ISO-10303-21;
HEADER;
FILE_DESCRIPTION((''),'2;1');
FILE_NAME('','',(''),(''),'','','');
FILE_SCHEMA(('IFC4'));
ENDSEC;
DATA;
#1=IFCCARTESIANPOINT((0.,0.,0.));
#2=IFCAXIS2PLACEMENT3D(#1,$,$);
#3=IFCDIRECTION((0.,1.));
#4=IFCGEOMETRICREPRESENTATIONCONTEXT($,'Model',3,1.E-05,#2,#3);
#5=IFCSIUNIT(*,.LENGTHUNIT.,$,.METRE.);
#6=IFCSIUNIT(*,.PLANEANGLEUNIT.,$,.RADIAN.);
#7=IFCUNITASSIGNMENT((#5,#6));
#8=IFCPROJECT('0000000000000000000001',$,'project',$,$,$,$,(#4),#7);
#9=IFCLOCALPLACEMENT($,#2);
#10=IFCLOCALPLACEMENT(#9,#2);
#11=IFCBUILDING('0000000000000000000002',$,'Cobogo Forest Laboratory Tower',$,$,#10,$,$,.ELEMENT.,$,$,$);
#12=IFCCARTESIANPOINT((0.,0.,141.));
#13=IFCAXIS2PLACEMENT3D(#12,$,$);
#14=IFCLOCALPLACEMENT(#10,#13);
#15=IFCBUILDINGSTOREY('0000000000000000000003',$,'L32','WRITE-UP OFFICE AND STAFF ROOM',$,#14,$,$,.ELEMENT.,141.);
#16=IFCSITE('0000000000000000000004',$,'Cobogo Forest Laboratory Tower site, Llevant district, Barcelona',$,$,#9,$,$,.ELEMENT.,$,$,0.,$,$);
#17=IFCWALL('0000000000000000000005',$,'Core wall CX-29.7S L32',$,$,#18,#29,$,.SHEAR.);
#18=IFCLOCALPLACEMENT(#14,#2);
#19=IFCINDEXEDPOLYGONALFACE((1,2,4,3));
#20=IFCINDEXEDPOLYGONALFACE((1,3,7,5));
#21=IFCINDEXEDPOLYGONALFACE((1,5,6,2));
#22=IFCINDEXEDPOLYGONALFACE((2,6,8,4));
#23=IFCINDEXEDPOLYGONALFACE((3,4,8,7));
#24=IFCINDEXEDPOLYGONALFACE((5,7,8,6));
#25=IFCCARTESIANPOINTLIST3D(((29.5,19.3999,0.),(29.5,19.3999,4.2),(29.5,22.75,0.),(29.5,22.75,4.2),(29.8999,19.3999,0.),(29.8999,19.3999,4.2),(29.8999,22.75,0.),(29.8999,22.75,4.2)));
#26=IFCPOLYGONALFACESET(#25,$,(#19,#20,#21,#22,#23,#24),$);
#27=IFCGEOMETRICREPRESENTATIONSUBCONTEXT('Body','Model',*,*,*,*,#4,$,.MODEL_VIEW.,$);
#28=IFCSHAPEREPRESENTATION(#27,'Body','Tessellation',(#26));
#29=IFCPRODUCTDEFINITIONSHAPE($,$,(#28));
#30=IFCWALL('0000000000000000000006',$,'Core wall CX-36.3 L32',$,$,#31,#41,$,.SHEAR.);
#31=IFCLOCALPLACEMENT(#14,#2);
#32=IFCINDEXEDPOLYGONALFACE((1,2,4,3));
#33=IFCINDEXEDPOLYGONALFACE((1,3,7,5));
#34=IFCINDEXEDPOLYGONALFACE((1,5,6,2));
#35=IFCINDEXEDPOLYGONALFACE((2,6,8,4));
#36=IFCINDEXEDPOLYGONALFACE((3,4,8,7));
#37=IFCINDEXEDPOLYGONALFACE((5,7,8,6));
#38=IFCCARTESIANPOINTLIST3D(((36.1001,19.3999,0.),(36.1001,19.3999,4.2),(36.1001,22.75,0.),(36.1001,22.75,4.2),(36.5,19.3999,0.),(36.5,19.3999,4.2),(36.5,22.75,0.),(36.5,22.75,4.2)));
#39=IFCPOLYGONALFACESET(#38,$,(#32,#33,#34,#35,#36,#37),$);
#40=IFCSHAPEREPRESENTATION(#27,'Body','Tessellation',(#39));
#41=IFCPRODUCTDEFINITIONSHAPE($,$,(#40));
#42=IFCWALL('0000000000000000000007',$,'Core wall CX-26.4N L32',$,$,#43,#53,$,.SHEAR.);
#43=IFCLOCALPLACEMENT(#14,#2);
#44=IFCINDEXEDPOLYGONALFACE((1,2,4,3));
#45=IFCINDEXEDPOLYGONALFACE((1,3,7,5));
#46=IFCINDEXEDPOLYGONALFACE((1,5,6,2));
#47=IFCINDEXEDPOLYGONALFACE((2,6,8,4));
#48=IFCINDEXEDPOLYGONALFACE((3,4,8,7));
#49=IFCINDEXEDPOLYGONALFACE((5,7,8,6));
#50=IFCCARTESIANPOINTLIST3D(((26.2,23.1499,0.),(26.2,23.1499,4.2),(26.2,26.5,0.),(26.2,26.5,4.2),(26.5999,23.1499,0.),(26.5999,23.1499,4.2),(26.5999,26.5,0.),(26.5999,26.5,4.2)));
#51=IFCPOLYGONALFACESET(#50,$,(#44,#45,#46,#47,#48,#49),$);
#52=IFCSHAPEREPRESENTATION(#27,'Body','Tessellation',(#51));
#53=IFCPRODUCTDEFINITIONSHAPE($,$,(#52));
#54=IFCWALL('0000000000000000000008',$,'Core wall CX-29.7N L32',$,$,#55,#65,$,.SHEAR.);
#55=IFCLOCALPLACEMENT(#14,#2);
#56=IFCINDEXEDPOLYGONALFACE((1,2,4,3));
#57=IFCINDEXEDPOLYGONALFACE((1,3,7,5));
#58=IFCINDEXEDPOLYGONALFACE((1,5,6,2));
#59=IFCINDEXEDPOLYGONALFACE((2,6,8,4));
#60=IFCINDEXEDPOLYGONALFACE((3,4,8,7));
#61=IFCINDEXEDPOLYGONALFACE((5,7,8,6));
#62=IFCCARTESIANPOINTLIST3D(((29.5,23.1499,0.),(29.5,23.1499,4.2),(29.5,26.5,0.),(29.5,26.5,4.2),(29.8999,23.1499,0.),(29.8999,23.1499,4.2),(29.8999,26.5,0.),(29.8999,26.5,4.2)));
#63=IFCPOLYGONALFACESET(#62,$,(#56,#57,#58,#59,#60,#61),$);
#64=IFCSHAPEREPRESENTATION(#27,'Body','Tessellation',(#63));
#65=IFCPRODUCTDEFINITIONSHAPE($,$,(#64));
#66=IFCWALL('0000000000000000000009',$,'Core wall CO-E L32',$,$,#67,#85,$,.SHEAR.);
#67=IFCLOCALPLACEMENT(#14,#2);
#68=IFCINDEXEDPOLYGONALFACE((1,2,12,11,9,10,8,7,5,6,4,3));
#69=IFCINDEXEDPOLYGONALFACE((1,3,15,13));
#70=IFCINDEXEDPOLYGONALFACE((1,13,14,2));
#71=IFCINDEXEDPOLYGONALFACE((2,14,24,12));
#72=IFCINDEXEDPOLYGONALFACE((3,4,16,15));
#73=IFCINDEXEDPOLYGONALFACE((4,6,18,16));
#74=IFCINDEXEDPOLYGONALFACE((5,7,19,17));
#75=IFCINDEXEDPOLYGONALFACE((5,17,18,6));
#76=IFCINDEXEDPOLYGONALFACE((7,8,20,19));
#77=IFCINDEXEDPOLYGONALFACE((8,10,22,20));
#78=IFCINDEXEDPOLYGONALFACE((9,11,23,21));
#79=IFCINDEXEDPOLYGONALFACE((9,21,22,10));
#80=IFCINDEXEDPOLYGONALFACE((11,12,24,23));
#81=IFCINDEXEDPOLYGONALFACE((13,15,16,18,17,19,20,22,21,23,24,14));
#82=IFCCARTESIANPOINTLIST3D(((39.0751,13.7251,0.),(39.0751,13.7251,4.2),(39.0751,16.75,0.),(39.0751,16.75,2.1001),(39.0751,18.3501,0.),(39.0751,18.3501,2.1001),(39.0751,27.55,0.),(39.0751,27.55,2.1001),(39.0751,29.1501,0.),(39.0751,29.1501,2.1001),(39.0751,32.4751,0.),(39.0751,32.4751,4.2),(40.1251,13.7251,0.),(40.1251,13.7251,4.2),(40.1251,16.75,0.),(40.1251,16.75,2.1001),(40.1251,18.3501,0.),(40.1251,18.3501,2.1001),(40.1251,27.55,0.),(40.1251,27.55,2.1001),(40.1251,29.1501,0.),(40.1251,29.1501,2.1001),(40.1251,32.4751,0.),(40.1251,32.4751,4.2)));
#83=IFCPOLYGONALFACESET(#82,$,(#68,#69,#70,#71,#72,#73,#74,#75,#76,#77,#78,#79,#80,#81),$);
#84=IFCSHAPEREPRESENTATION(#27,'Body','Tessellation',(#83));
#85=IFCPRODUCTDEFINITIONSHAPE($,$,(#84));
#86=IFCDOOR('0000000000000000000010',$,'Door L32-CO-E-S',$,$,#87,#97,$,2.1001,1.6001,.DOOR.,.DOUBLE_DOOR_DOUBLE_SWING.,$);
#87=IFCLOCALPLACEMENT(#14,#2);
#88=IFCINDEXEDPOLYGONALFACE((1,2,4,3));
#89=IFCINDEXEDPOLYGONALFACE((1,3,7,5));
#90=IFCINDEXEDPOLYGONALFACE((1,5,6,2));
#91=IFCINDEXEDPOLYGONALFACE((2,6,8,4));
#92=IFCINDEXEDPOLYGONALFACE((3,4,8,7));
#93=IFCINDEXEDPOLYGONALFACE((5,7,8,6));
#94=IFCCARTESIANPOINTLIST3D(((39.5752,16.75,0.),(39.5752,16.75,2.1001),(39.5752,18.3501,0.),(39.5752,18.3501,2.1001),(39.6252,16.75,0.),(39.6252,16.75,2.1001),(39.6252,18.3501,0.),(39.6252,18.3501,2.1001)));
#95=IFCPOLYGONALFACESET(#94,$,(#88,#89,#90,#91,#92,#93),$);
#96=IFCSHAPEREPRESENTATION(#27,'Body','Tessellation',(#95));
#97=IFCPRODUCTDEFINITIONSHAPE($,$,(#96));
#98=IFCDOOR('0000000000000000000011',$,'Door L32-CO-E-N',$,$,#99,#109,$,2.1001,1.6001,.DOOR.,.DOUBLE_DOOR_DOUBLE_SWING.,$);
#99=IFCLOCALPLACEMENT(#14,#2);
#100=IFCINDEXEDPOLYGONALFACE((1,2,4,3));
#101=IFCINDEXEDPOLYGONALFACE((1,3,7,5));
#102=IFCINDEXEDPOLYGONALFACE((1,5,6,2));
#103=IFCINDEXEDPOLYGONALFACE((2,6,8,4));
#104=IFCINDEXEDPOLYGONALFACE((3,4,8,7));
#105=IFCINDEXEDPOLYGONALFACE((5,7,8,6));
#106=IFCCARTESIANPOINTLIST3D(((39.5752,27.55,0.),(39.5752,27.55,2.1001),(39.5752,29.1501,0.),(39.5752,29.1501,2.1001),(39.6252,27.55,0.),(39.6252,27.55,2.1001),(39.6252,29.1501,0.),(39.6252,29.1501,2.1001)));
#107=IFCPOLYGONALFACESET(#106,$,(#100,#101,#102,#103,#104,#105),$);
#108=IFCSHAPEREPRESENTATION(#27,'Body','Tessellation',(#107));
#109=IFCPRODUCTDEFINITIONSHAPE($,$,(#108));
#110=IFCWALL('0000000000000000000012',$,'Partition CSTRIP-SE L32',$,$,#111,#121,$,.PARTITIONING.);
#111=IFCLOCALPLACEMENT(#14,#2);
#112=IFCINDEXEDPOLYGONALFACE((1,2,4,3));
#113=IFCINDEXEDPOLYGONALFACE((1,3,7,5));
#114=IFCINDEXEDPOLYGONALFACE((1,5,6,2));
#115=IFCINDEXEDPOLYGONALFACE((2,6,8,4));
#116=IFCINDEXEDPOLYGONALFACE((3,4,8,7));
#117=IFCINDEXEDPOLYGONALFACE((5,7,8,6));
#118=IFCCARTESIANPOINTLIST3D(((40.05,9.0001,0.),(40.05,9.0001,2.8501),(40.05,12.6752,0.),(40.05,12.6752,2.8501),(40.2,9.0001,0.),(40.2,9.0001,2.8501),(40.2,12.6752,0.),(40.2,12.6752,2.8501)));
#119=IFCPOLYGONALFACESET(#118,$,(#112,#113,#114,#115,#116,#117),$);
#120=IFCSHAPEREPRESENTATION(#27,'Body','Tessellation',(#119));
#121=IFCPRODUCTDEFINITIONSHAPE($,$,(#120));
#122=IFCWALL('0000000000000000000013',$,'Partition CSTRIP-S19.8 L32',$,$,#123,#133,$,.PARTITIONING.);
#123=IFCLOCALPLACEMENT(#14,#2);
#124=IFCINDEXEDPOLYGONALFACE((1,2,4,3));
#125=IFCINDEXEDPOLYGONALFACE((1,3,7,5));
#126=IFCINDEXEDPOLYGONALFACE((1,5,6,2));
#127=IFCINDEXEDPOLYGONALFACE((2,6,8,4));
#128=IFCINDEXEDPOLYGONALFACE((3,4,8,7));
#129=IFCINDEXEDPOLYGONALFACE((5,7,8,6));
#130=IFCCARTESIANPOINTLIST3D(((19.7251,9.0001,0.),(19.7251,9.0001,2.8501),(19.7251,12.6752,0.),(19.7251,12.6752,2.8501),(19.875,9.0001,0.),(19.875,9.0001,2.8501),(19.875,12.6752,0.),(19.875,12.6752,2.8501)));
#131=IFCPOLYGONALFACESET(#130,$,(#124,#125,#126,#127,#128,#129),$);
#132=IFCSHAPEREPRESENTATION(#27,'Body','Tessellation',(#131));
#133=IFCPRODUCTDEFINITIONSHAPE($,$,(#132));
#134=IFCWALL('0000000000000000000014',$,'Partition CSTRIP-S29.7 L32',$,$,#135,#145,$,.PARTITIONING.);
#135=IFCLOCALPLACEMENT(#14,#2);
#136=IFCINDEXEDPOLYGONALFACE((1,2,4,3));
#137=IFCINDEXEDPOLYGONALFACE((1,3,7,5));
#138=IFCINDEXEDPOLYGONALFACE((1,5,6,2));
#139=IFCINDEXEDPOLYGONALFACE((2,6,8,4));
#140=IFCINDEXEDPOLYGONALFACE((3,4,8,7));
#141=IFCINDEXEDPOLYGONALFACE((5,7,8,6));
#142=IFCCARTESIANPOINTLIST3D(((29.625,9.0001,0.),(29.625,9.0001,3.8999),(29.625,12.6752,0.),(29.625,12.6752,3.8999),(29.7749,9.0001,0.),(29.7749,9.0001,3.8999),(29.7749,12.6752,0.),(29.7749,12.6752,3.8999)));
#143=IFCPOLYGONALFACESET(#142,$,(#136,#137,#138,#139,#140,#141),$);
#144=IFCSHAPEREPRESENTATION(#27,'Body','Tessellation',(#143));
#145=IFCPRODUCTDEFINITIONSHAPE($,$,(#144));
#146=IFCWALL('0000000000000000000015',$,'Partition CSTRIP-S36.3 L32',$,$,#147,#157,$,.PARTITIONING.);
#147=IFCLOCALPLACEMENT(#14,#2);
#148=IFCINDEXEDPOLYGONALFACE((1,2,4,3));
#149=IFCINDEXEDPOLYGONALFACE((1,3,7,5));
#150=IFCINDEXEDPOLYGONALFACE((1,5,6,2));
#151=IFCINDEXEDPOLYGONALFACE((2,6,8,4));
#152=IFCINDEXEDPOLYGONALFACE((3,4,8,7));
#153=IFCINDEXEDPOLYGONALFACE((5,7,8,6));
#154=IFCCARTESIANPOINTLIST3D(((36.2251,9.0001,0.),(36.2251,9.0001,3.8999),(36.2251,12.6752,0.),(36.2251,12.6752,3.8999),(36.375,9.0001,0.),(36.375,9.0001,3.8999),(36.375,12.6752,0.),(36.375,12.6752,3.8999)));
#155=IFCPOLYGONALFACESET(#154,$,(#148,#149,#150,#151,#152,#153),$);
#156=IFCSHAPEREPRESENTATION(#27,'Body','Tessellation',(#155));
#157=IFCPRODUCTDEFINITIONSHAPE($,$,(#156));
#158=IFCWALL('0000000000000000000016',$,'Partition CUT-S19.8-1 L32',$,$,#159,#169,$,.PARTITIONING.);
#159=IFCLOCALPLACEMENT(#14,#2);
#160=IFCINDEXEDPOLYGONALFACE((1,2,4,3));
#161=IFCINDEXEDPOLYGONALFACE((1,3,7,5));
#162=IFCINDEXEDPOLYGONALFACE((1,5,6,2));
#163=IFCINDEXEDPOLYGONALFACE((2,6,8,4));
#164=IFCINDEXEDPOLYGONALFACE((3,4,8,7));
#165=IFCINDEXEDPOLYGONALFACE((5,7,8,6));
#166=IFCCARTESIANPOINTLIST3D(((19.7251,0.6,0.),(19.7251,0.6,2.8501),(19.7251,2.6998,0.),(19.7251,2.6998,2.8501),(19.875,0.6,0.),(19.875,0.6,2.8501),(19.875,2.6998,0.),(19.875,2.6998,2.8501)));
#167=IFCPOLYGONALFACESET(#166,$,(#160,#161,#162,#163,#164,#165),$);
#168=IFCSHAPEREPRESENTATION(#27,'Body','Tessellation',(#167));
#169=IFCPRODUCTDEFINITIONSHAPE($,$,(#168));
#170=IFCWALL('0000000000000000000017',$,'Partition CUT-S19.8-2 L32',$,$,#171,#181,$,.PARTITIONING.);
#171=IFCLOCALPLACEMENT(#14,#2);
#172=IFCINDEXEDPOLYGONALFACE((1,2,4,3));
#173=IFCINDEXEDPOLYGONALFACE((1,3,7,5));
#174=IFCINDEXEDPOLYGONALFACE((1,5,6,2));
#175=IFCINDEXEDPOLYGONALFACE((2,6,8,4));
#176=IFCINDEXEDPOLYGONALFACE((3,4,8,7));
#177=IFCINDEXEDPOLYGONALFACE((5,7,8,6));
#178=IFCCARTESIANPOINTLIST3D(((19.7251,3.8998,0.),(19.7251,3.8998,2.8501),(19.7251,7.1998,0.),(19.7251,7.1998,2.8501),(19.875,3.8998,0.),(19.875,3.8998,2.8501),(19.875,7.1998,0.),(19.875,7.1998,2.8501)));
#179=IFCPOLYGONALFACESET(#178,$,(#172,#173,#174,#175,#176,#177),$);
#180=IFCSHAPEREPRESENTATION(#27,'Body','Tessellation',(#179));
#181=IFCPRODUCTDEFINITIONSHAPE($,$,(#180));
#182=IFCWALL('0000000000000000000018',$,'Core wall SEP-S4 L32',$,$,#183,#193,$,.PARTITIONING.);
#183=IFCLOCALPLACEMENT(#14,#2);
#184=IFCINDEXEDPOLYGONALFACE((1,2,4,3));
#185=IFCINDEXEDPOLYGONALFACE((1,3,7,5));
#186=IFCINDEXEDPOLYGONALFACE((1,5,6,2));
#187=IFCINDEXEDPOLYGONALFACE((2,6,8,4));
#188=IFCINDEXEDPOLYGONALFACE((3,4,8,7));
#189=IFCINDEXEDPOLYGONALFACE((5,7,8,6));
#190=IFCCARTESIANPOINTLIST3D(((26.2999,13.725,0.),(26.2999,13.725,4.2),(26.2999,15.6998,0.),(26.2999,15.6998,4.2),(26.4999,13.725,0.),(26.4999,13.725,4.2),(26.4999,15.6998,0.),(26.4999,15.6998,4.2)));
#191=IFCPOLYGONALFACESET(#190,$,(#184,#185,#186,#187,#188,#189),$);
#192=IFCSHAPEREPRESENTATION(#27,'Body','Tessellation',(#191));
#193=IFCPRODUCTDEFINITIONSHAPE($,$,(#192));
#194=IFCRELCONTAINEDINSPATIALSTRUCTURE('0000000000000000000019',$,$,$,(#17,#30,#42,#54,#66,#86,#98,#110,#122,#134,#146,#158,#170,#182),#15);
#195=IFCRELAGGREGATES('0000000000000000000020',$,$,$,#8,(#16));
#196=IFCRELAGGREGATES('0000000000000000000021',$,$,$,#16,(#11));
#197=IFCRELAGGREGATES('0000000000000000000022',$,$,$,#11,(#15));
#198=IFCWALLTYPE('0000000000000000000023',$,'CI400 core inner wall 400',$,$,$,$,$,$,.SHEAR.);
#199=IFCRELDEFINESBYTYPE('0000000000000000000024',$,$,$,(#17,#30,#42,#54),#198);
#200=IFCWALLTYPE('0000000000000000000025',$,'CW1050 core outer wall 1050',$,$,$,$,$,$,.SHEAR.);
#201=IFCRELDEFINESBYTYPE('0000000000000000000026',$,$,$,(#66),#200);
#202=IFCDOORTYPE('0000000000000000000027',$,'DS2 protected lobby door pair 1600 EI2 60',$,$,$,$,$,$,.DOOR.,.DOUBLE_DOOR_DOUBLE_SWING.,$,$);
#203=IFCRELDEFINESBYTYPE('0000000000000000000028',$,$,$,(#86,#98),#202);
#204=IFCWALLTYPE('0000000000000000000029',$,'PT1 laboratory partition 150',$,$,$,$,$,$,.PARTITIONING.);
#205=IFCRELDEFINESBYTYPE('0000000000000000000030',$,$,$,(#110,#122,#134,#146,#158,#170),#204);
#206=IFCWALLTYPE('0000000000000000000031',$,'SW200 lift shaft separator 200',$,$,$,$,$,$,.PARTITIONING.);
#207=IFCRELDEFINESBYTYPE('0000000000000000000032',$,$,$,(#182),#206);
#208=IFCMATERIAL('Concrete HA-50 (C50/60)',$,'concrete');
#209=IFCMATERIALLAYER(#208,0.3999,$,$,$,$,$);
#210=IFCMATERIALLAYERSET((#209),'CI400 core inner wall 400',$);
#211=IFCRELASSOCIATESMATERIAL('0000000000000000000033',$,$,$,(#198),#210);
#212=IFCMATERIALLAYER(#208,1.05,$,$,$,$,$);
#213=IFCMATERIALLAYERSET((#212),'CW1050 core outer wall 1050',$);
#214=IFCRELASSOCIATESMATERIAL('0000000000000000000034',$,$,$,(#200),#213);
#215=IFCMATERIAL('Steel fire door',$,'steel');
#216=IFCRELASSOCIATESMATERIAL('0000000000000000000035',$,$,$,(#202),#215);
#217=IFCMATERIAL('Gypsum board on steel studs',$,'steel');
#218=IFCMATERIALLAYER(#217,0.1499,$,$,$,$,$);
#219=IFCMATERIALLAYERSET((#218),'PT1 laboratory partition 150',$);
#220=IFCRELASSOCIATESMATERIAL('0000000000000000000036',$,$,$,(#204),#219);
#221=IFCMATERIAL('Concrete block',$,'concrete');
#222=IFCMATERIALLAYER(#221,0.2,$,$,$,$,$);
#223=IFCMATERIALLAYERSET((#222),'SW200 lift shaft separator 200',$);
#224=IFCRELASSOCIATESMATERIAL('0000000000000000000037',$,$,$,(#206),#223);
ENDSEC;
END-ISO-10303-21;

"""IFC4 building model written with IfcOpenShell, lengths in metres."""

from ifc_helpers import new_model, si_unit, direction, frame, frame_2d, origin, place, context, subcontext, project, spatial, rectangle, extrude, material, layer, layer_set, type_object, element, fill, save


model = new_model("IFC4")

# Units and contexts
model_context = context("Model", 3, precision=1e-05, world=origin(), true_north=direction((0.0, 1.0)))
body_context = subcontext(model_context, "Body", "Model", "MODEL_VIEW")
ifc_project = project(units=[si_unit("LENGTHUNIT", "METRE"), si_unit("PLANEANGLEUNIT", "RADIAN")], contexts=[model_context])

# Site, building, storey
site_placement = place(None, origin())
site = spatial("IfcSite", under=ifc_project, at=site_placement, Name="Cobogo Forest Laboratory Tower site, Llevant district, Barcelona", CompositionType="ELEMENT", RefElevation=0.0)
building_placement = place(site_placement, origin())
building = spatial("IfcBuilding", under=site, at=building_placement, Name="Cobogo Forest Laboratory Tower", CompositionType="ELEMENT")
storey_placement = place(building_placement, frame((0.0, 0.0, 141.0)))
storey = spatial("IfcBuildingStorey", under=building, at=storey_placement, Name="L32", Description="WRITE-UP OFFICE AND STAFF ROOM", CompositionType="ELEMENT", Elevation=141.0)

# Shared definitions
ifc_material_1 = material(Name="Concrete HA-50 (C50/60)", Category="concrete")

# Walls
ifc_layer_1 = layer(ifc_material_1, 0.3999)
ifc_layer_set_1 = layer_set([ifc_layer_1], Name="CI400 core inner wall 400")
wall_type_1 = type_object("IfcWallType", Name="CI400 core inner wall 400", PredefinedType="SHEAR", material=ifc_layer_set_1)
for number, where, z_axis, x_axis, name in (
    (1, (29.7, 19.3999, 0.0), (0.0, 0.0, 1.0), (0.0, 1.0, 0.0), "Core wall CX-29.7S L32"),
    (2, (36.3, 19.3999, 0.0), (0.0, 0.0, 1.0), (0.0, 1.0, 0.0), "Core wall CX-36.3 L32"),
    (3, (26.3999, 23.1499, 0.0), (0.0, 0.0, 1.0), (0.0, 1.0, 0.0), "Core wall CX-26.4N L32"),
    (4, (29.7, 23.1499, 0.0), (0.0, 0.0, 1.0), (0.0, 1.0, 0.0), "Core wall CX-29.7N L32"),
):
    element("IfcWall", number, at=place(storey_placement, frame(where, z_axis=z_axis, x_axis=x_axis)), inside=storey, type_object=wall_type_1, Name=name, PredefinedType="SHEAR", context=body_context, shape_type="SweptSolid", body=[
        extrude(rectangle(XDim=3.3501, YDim=0.3999, at=frame_2d((1.675, 0.0))), origin(), (0.0, 0.0, 1.0), 4.2),
    ])

# Wall, openings, doors
ifc_layer_2 = layer(ifc_material_1, 1.05)
ifc_layer_set_2 = layer_set([ifc_layer_2], Name="CW1050 core outer wall 1050")
wall_type_2 = type_object("IfcWallType", Name="CW1050 core outer wall 1050", PredefinedType="SHEAR", material=ifc_layer_set_2)
wall_1_placement = place(storey_placement, frame((39.6001, 13.7251, 0.0), z_axis=(0.0, 0.0, 1.0), x_axis=(0.0, 1.0, 0.0)))
wall_1 = element("IfcWall", 5, at=wall_1_placement, inside=storey, type_object=wall_type_2, Name="Core wall CO-E L32", PredefinedType="SHEAR", context=body_context, shape_type="SweptSolid", body=[
    extrude(rectangle(XDim=18.75, YDim=1.05, at=frame_2d((9.375, 0.0))), origin(), (0.0, 0.0, 1.0), 4.2),
])
opening_1_placement = place(wall_1_placement, frame((3.0249, 0.0, 0.0)))
opening_1 = element("IfcOpeningElement", 6, at=opening_1_placement, cuts=wall_1, PredefinedType="OPENING", context=body_context, shape_type="SweptSolid", body=[
    extrude(rectangle(XDim=1.6001, YDim=2.1001, at=frame_2d((0.8, 1.05))), frame((0.0, 0.5349, 0.0), z_axis=(0.0, -1.0, 0.0), x_axis=(1.0, 0.0, 0.0)), (0.0, 0.0, 1.0), 1.0701),
])
opening_2_placement = place(wall_1_placement, frame((13.825, 0.0, 0.0)))
opening_2 = element("IfcOpeningElement", 7, at=opening_2_placement, cuts=wall_1, PredefinedType="OPENING", context=body_context, shape_type="SweptSolid", body=[
    extrude(rectangle(XDim=1.6001, YDim=2.1001, at=frame_2d((0.8, 1.05))), frame((0.0, 0.5349, 0.0), z_axis=(0.0, -1.0, 0.0), x_axis=(1.0, 0.0, 0.0)), (0.0, 0.0, 1.0), 1.0701),
])
ifc_material_2 = material(Name="Steel fire door", Category="steel")
door_type = type_object("IfcDoorType", Name="DS2 protected lobby door pair 1600 EI2 60", OperationType="DOUBLE_DOOR_DOUBLE_SWING", PredefinedType="DOOR", material=ifc_material_2)
door_1_placement = place(opening_1_placement, origin())
door_1 = element("IfcDoor", 8, at=door_1_placement, inside=storey, type_object=door_type, Name="Door L32-CO-E-S", OperationType="DOUBLE_DOOR_DOUBLE_SWING", OverallHeight=2.1001, OverallWidth=1.6001, PredefinedType="DOOR", context=body_context, shape_type="SweptSolid", body=[
    extrude(rectangle(XDim=1.6001, YDim=2.1001, at=frame_2d((0.8, 1.05))), frame((0.0, 0.0249, 0.0), z_axis=(0.0, -1.0, 0.0), x_axis=(1.0, 0.0, 0.0)), (0.0, 0.0, 1.0), 0.05),
])
fill(opening_1, door_1)
door_2_placement = place(opening_2_placement, origin())
door_2 = element("IfcDoor", 9, at=door_2_placement, inside=storey, type_object=door_type, Name="Door L32-CO-E-N", OperationType="DOUBLE_DOOR_DOUBLE_SWING", OverallHeight=2.1001, OverallWidth=1.6001, PredefinedType="DOOR", context=body_context, shape_type="SweptSolid", body=[
    extrude(rectangle(XDim=1.6001, YDim=2.1001, at=frame_2d((0.8, 1.05))), frame((0.0, 0.0249, 0.0), z_axis=(0.0, -1.0, 0.0), x_axis=(1.0, 0.0, 0.0)), (0.0, 0.0, 1.0), 0.05),
])
fill(opening_2, door_2)

# Walls
ifc_material_3 = material(Name="Gypsum board on steel studs", Category="steel")
ifc_layer_3 = layer(ifc_material_3, 0.1499)
ifc_layer_set_3 = layer_set([ifc_layer_3], Name="PT1 laboratory partition 150")
wall_type_3 = type_object("IfcWallType", Name="PT1 laboratory partition 150", PredefinedType="PARTITIONING", material=ifc_layer_set_3)
for number, where, z_axis, x_axis, name in (
    (10, (40.125, 12.675, 0.0), (0.0, 0.0, 1.0), (0.0, -1.0, 0.0), "Partition CSTRIP-SE L32"),
    (11, (19.8, 12.675, 0.0), (0.0, 0.0, 1.0), (0.0, -1.0, 0.0), "Partition CSTRIP-S19.8 L32"),
):
    element("IfcWall", number, at=place(storey_placement, frame(where, z_axis=z_axis, x_axis=x_axis)), inside=storey, type_object=wall_type_3, Name=name, PredefinedType="PARTITIONING", context=body_context, shape_type="SweptSolid", body=[
        extrude(rectangle(XDim=3.675, YDim=0.1499, at=frame_2d((1.8374, 0.0))), origin(), (0.0, 0.0, 1.0), 2.8501),
    ])
for number, where, z_axis, x_axis, name in (
    (12, (29.7, 12.675, 0.0), (0.0, 0.0, 1.0), (0.0, -1.0, 0.0), "Partition CSTRIP-S29.7 L32"),
    (13, (36.3, 12.675, 0.0), (0.0, 0.0, 1.0), (0.0, -1.0, 0.0), "Partition CSTRIP-S36.3 L32"),
):
    element("IfcWall", number, at=place(storey_placement, frame(where, z_axis=z_axis, x_axis=x_axis)), inside=storey, type_object=wall_type_3, Name=name, PredefinedType="PARTITIONING", context=body_context, shape_type="SweptSolid", body=[
        extrude(rectangle(XDim=3.675, YDim=0.1499, at=frame_2d((1.8374, 0.0))), origin(), (0.0, 0.0, 1.0), 3.8999),
    ])
wall_2_placement = place(storey_placement, frame((19.8, 0.6001, 0.0), z_axis=(0.0, 0.0, 1.0), x_axis=(0.0, 1.0, 0.0)))
element("IfcWall", 14, at=wall_2_placement, inside=storey, type_object=wall_type_3, Name="Partition CUT-S19.8-1 L32", PredefinedType="PARTITIONING", context=body_context, shape_type="SweptSolid", body=[
    extrude(rectangle(XDim=2.0999, YDim=0.1499, at=frame_2d((1.0498, 0.0))), origin(), (0.0, 0.0, 1.0), 2.8501),
])
wall_3_placement = place(storey_placement, frame((19.8, 3.8999, 0.0), z_axis=(0.0, 0.0, 1.0), x_axis=(0.0, 1.0, 0.0)))
element("IfcWall", 15, at=wall_3_placement, inside=storey, type_object=wall_type_3, Name="Partition CUT-S19.8-2 L32", PredefinedType="PARTITIONING", context=body_context, shape_type="SweptSolid", body=[
    extrude(rectangle(XDim=3.3, YDim=0.1499, at=frame_2d((1.6499, 0.0))), origin(), (0.0, 0.0, 1.0), 2.8501),
])
ifc_material_4 = material(Name="Concrete block", Category="concrete")
ifc_layer_4 = layer(ifc_material_4, 0.2)
ifc_layer_set_4 = layer_set([ifc_layer_4], Name="SW200 lift shaft separator 200")
wall_type_4 = type_object("IfcWallType", Name="SW200 lift shaft separator 200", PredefinedType="PARTITIONING", material=ifc_layer_set_4)
for number, where, z_axis, x_axis, name in (
    (16, (26.3999, 13.7251, 0.0), (0.0, 0.0, 1.0), (0.0, 1.0, 0.0), "Core wall SEP-S4 L32"),
):
    element("IfcWall", number, at=place(storey_placement, frame(where, z_axis=z_axis, x_axis=x_axis)), inside=storey, type_object=wall_type_4, Name=name, PredefinedType="PARTITIONING", context=body_context, shape_type="SweptSolid", body=[
        extrude(rectangle(XDim=1.9749, YDim=0.2, at=frame_2d((0.9873, 0.0))), origin(), (0.0, 0.0, 1.0), 4.2),
    ])

save(model, "model.ifc")
